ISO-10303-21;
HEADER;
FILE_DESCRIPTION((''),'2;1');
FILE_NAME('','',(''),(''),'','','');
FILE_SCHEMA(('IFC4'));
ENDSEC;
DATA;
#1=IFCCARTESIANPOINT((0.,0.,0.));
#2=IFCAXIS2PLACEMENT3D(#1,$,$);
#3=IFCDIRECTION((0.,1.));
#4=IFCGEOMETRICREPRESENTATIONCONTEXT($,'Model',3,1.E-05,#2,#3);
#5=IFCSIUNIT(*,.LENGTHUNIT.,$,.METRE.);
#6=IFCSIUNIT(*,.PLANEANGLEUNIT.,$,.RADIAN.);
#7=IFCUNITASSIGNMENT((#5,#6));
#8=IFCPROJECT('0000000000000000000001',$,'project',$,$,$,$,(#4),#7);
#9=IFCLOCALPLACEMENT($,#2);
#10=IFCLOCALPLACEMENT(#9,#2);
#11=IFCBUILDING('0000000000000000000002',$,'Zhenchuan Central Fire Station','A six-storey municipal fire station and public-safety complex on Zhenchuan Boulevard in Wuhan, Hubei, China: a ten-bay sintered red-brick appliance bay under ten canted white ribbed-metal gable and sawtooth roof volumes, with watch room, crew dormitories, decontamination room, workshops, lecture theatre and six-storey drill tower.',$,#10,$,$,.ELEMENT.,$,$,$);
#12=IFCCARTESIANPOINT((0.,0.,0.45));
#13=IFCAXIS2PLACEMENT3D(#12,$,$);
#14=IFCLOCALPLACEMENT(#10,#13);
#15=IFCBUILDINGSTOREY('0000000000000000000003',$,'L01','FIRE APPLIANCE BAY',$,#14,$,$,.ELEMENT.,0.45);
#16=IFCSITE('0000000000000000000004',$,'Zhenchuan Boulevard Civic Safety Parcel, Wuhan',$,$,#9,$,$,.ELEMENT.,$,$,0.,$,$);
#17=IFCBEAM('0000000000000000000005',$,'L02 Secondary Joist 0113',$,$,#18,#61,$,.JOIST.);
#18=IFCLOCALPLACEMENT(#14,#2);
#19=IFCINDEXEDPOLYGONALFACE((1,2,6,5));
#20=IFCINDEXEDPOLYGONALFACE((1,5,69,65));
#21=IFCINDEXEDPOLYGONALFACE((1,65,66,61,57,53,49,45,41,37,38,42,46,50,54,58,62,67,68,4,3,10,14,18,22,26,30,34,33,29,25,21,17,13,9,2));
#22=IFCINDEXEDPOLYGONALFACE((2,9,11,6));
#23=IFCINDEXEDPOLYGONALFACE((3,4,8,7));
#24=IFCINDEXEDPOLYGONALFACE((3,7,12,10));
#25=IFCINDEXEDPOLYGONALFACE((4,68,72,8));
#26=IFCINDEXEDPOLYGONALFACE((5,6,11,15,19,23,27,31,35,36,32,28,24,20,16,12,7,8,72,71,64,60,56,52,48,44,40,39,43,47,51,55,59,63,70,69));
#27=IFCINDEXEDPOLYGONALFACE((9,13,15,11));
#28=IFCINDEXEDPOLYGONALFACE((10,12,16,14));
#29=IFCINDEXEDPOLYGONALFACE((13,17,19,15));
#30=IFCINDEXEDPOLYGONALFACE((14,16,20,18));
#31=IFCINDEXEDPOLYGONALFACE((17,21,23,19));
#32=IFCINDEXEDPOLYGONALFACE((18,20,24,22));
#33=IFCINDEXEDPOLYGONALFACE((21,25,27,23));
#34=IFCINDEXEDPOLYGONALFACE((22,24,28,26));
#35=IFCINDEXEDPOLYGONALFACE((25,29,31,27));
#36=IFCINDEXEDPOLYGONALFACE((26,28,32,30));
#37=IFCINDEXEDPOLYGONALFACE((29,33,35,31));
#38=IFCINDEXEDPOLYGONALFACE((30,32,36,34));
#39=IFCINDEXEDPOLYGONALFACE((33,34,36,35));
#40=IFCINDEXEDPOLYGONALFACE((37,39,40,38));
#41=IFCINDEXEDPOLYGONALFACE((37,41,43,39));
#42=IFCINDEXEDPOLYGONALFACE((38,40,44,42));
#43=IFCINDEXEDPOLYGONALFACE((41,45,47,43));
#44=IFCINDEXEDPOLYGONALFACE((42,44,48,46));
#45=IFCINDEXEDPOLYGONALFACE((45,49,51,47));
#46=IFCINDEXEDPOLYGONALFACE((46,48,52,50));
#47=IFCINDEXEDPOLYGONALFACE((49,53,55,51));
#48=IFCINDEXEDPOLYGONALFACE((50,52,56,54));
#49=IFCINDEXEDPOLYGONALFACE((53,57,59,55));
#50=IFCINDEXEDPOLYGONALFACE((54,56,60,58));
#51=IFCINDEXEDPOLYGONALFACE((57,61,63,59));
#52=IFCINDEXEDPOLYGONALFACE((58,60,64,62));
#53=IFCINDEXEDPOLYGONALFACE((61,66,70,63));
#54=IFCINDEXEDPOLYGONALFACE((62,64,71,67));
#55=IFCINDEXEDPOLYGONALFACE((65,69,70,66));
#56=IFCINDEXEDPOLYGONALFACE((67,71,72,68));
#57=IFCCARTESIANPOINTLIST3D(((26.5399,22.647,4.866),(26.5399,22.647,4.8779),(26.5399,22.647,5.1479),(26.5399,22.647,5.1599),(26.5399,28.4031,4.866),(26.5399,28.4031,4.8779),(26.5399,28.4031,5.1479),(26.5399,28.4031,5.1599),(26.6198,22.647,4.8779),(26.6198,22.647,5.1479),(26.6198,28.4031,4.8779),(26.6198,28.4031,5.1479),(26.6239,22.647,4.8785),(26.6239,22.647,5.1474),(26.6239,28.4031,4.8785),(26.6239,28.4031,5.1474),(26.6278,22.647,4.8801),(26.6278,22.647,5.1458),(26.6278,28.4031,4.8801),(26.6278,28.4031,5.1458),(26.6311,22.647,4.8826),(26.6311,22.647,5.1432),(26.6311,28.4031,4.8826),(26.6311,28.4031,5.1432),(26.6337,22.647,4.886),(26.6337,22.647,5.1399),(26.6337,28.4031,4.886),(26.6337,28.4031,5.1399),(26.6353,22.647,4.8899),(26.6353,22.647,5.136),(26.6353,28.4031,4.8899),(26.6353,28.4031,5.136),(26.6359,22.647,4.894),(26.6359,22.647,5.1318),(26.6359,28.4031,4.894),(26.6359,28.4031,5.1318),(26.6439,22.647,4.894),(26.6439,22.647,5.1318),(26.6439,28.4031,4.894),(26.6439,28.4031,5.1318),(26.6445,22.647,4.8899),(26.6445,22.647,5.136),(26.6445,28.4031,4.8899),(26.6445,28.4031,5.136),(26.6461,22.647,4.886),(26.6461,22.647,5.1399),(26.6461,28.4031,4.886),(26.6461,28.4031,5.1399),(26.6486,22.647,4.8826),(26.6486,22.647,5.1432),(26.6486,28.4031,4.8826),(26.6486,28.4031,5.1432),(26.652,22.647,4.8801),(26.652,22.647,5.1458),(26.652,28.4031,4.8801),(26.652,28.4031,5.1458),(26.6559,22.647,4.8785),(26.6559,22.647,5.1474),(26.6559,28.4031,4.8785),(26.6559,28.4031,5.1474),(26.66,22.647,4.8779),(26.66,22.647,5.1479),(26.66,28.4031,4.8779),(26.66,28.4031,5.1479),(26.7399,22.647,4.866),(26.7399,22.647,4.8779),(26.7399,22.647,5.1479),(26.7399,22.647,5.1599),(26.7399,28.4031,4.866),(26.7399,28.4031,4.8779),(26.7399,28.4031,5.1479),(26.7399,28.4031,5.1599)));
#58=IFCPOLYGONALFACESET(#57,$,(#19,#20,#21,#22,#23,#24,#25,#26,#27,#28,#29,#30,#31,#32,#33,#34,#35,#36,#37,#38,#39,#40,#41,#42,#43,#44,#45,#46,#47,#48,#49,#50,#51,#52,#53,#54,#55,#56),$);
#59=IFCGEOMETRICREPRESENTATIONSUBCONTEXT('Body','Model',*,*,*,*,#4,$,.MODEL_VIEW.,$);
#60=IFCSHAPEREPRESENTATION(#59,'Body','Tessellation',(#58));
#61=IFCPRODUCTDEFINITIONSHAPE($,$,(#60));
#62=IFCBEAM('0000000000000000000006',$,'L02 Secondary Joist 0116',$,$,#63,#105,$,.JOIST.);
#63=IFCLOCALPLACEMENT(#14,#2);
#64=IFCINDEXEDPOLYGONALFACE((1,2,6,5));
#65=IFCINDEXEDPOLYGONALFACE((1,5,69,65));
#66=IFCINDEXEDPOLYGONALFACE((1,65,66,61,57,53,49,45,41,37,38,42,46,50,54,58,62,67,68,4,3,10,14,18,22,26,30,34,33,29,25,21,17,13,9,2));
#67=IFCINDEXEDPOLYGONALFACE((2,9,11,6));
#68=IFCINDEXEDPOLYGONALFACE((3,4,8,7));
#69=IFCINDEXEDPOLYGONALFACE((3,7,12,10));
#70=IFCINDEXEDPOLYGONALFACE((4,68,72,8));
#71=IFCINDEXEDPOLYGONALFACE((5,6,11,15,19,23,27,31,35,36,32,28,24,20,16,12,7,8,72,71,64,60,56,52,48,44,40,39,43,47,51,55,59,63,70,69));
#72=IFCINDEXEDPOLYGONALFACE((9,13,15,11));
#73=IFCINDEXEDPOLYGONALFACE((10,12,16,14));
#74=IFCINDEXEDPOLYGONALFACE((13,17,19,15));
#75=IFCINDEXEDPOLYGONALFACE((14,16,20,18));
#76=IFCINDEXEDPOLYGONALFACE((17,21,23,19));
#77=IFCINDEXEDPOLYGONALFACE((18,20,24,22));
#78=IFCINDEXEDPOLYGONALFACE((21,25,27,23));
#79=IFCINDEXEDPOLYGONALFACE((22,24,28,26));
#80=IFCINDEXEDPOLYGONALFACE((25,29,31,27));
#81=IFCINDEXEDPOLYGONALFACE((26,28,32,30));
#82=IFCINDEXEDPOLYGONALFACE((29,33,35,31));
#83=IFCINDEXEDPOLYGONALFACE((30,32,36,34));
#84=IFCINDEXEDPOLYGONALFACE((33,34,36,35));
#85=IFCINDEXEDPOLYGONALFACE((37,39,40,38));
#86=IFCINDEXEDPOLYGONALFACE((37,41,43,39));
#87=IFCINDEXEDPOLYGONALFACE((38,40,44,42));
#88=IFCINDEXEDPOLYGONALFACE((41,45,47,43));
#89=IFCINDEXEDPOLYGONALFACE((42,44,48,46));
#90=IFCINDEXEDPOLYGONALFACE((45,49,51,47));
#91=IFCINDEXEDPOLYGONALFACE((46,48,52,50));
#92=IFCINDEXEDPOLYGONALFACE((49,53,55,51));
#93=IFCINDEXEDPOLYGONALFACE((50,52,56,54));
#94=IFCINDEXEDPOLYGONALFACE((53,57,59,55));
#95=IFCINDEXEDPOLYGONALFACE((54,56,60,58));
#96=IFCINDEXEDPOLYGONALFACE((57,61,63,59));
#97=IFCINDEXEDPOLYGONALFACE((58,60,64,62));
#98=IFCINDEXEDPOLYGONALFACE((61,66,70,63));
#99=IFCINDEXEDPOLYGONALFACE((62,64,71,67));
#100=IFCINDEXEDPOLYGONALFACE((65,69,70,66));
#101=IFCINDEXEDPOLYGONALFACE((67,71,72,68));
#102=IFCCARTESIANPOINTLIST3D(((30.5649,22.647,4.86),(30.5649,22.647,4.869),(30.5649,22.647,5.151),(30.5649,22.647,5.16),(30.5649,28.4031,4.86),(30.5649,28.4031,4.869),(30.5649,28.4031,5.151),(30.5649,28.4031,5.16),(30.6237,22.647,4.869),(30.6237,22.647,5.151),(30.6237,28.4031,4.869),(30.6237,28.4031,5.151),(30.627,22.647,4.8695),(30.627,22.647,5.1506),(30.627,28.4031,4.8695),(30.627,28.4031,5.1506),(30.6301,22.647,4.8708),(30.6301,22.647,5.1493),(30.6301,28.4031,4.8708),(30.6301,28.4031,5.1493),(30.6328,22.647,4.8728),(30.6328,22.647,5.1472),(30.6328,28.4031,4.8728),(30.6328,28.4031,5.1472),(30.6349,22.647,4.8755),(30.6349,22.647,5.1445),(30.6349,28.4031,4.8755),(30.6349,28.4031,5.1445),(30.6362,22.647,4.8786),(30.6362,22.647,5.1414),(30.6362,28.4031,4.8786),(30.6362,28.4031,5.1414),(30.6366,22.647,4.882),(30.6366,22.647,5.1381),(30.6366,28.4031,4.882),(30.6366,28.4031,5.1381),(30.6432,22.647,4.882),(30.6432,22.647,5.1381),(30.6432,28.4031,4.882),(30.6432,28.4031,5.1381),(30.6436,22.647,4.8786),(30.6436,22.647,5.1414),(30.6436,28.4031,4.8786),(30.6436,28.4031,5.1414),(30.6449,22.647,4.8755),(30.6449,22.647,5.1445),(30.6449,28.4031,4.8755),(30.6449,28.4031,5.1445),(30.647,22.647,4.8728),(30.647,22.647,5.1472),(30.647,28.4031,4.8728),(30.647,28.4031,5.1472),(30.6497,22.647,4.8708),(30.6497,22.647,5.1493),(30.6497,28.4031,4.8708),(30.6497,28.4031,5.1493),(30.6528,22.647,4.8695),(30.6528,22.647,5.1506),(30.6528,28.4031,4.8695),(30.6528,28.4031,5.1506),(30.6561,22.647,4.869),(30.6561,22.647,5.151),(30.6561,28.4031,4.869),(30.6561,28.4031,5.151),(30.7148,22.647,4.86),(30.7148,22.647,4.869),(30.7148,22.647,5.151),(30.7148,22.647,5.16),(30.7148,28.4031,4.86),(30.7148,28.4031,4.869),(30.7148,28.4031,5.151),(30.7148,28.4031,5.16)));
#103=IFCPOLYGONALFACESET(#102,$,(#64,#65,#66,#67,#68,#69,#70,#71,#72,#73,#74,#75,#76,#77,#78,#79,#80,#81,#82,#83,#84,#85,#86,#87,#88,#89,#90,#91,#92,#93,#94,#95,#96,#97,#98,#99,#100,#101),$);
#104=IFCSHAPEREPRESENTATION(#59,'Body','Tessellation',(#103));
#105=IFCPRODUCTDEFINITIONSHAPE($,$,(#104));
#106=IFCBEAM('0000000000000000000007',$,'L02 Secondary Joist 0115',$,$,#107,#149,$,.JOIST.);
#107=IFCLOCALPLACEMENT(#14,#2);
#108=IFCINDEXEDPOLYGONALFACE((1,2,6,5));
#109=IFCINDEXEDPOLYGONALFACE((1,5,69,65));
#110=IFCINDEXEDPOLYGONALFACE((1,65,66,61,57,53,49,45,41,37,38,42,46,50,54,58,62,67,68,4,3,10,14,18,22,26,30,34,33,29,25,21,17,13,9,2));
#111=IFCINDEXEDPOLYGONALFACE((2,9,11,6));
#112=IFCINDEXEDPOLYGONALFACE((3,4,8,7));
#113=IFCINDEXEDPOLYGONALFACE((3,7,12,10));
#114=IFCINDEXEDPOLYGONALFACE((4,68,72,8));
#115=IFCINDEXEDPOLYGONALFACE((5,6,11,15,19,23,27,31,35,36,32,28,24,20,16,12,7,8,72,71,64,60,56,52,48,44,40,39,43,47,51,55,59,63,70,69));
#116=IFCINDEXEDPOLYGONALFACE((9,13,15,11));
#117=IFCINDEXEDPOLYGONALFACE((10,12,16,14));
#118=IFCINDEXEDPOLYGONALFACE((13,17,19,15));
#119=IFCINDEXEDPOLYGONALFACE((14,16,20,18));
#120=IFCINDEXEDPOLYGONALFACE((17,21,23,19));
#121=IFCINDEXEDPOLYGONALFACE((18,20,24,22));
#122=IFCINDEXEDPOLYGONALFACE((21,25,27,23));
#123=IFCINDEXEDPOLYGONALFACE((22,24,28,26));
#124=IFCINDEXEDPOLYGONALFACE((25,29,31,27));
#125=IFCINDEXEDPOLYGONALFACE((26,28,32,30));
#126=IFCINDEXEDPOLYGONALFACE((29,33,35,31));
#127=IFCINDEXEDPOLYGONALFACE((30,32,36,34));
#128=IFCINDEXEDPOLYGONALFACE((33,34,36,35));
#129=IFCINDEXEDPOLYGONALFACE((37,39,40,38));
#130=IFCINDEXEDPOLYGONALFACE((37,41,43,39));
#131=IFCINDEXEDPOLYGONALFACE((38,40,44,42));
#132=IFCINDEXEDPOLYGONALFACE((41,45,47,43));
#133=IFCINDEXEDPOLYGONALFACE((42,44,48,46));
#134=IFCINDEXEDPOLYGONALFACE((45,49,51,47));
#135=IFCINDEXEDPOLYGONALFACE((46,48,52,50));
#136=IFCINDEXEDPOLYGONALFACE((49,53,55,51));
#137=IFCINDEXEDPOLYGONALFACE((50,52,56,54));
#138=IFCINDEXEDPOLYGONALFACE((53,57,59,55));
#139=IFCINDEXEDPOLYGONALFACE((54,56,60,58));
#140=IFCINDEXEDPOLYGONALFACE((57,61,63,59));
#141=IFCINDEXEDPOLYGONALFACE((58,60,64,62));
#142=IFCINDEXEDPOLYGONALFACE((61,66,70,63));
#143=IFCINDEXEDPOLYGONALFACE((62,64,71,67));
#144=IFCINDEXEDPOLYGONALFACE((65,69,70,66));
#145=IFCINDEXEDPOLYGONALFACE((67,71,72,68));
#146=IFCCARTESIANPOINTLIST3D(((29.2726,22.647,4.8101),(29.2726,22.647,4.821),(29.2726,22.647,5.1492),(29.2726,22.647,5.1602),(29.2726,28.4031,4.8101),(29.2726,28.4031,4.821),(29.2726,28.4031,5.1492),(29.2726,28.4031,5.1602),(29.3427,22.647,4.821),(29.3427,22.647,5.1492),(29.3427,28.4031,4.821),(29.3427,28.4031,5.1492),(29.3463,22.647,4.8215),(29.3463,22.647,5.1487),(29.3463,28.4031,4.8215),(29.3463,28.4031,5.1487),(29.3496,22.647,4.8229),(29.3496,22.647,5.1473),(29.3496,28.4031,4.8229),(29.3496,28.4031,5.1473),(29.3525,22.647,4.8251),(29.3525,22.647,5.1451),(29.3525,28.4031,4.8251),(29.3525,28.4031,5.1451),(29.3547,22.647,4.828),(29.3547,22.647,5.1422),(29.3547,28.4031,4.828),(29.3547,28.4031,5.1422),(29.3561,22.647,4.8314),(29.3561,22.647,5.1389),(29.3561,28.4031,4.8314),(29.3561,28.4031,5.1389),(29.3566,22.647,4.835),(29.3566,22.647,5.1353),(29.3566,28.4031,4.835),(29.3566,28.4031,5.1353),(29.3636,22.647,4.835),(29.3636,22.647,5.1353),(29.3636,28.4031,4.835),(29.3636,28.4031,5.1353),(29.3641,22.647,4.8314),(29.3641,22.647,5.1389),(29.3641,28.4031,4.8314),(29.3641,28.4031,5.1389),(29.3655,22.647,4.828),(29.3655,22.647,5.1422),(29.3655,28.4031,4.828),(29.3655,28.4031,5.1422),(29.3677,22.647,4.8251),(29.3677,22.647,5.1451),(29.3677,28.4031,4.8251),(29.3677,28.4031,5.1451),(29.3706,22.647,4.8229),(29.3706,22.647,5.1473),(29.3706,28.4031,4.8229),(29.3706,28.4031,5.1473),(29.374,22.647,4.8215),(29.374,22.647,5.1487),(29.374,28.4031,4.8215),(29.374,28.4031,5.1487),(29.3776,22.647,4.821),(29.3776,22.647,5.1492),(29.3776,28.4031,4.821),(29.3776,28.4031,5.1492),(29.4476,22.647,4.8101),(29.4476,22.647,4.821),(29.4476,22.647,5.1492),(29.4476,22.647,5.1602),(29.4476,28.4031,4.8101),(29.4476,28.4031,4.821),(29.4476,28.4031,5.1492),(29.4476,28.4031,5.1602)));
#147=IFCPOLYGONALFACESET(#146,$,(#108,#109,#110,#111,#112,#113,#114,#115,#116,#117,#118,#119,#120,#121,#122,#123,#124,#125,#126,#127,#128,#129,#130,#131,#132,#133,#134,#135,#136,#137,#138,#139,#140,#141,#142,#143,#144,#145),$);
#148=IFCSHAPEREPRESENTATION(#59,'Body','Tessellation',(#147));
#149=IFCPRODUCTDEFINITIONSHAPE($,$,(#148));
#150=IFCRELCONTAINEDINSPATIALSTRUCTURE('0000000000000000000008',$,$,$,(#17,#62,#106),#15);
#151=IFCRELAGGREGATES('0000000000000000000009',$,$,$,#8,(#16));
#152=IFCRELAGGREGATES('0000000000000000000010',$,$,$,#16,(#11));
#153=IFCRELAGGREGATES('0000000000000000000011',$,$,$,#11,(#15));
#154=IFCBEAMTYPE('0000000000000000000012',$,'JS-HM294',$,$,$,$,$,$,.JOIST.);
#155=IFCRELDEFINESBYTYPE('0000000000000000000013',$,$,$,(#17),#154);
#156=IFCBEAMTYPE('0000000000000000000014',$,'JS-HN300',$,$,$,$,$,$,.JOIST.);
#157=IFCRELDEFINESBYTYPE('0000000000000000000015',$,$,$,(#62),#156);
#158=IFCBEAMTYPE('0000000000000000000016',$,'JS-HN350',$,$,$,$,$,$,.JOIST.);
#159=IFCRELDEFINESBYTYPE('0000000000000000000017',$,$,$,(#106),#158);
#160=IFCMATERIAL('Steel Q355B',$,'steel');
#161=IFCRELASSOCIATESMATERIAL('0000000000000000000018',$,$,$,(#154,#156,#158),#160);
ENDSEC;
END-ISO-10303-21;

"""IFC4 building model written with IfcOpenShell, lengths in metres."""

from ifc_helpers import new_model, si_unit, direction, frame, origin, origin_2d, place, context, subcontext, project, spatial, i_section, extrude, material, material_profile, profile_set, type_object, element, save


model = new_model("IFC4")

# Units and contexts
model_context = context("Model", 3, precision=1e-05, world=origin(), true_north=direction((0.0, 1.0)))
body_context = subcontext(model_context, "Body", "Model", "MODEL_VIEW")
ifc_project = project(units=[si_unit("LENGTHUNIT", "METRE"), si_unit("PLANEANGLEUNIT", "RADIAN")], contexts=[model_context])

# Site, building, storey
site_placement = place(None, origin())
site = spatial("IfcSite", under=ifc_project, at=site_placement, Name="Zhenchuan Boulevard Civic Safety Parcel, Wuhan", CompositionType="ELEMENT", RefElevation=0.0)
building_placement = place(site_placement, origin())
building = spatial("IfcBuilding", under=site, at=building_placement, Name="Zhenchuan Central Fire Station", Description="A six-storey municipal fire station and public-safety complex on Zhenchuan Boulevard in Wuhan, Hubei, China: a ten-bay sintered red-brick appliance bay under ten canted white ribbed-metal gable and sawtooth roof volumes, with watch room, crew dormitories, decontamination room, workshops, lecture theatre and six-storey drill tower.", CompositionType="ELEMENT")
storey_placement = place(building_placement, frame((0.0, 0.0, 0.45)))
storey = spatial("IfcBuildingStorey", under=building, at=storey_placement, Name="L01", Description="FIRE APPLIANCE BAY", CompositionType="ELEMENT", Elevation=0.45)

# Shared definitions
ifc_material_1 = material(Name="Steel Q355B", Category="steel")

# Beams
ifc_material_profile_1 = material_profile(ifc_material_1, i_section(OverallWidth=0.2, OverallDepth=0.2939, WebThickness=0.0081, FlangeThickness=0.012, FilletRadius=0.0161, at=origin_2d()), Name="HM 294x200")
ifc_profile_set_1 = profile_set([ifc_material_profile_1], Name="Steel Q355B")
beam_type_1 = type_object("IfcBeamType", Name="JS-HM294", PredefinedType="JOIST", material=ifc_profile_set_1)
beam_1_placement = place(storey_placement, frame((26.6399, 22.647, 5.0129), z_axis=(0.0, 1.0, 0.0), x_axis=(-1.0, 0.0, 0.0)))
element("IfcBeam", 1, at=beam_1_placement, inside=storey, type_object=beam_type_1, Name="L02 Secondary Joist 0113", PredefinedType="JOIST", context=body_context, shape_type="SweptSolid", body=[
    extrude(i_section(OverallWidth=0.2, OverallDepth=0.2939, WebThickness=0.0081, FlangeThickness=0.012, FilletRadius=0.0161, at=origin_2d()), origin(), (0.0, 0.0, 1.0), 5.7561),
])
ifc_material_profile_2 = material_profile(ifc_material_1, i_section(OverallWidth=0.1499, OverallDepth=0.3, WebThickness=0.0066, FlangeThickness=0.009, FilletRadius=0.0129, at=origin_2d()), Name="HN 300x150")
ifc_profile_set_2 = profile_set([ifc_material_profile_2], Name="Steel Q355B")
beam_type_2 = type_object("IfcBeamType", Name="JS-HN300", PredefinedType="JOIST", material=ifc_profile_set_2)
beam_2_placement = place(storey_placement, frame((30.6399, 22.647, 5.01), z_axis=(0.0, 1.0, 0.0), x_axis=(-1.0, 0.0, 0.0)))
element("IfcBeam", 2, at=beam_2_placement, inside=storey, type_object=beam_type_2, Name="L02 Secondary Joist 0116", PredefinedType="JOIST", context=body_context, shape_type="SweptSolid", body=[
    extrude(i_section(OverallWidth=0.1499, OverallDepth=0.3, WebThickness=0.0066, FlangeThickness=0.009, FilletRadius=0.0129, at=origin_2d()), origin(), (0.0, 0.0, 1.0), 5.7561),
])
ifc_material_profile_3 = material_profile(ifc_material_1, i_section(OverallWidth=0.175, OverallDepth=0.3501, WebThickness=0.0071, FlangeThickness=0.011, FilletRadius=0.0139, at=origin_2d()), Name="HN 350x175")
ifc_profile_set_3 = profile_set([ifc_material_profile_3], Name="Steel Q355B")
beam_type_3 = type_object("IfcBeamType", Name="JS-HN350", PredefinedType="JOIST", material=ifc_profile_set_3)
beam_3_placement = place(storey_placement, frame((29.3601, 22.647, 4.9851), z_axis=(0.0, 1.0, 0.0), x_axis=(-1.0, 0.0, 0.0)))
element("IfcBeam", 3, at=beam_3_placement, inside=storey, type_object=beam_type_3, Name="L02 Secondary Joist 0115", PredefinedType="JOIST", context=body_context, shape_type="SweptSolid", body=[
    extrude(i_section(OverallWidth=0.175, OverallDepth=0.3501, WebThickness=0.0071, FlangeThickness=0.011, FilletRadius=0.0139, at=origin_2d()), origin(), (0.0, 0.0, 1.0), 5.7561),
])

save(model, "model.ifc")
